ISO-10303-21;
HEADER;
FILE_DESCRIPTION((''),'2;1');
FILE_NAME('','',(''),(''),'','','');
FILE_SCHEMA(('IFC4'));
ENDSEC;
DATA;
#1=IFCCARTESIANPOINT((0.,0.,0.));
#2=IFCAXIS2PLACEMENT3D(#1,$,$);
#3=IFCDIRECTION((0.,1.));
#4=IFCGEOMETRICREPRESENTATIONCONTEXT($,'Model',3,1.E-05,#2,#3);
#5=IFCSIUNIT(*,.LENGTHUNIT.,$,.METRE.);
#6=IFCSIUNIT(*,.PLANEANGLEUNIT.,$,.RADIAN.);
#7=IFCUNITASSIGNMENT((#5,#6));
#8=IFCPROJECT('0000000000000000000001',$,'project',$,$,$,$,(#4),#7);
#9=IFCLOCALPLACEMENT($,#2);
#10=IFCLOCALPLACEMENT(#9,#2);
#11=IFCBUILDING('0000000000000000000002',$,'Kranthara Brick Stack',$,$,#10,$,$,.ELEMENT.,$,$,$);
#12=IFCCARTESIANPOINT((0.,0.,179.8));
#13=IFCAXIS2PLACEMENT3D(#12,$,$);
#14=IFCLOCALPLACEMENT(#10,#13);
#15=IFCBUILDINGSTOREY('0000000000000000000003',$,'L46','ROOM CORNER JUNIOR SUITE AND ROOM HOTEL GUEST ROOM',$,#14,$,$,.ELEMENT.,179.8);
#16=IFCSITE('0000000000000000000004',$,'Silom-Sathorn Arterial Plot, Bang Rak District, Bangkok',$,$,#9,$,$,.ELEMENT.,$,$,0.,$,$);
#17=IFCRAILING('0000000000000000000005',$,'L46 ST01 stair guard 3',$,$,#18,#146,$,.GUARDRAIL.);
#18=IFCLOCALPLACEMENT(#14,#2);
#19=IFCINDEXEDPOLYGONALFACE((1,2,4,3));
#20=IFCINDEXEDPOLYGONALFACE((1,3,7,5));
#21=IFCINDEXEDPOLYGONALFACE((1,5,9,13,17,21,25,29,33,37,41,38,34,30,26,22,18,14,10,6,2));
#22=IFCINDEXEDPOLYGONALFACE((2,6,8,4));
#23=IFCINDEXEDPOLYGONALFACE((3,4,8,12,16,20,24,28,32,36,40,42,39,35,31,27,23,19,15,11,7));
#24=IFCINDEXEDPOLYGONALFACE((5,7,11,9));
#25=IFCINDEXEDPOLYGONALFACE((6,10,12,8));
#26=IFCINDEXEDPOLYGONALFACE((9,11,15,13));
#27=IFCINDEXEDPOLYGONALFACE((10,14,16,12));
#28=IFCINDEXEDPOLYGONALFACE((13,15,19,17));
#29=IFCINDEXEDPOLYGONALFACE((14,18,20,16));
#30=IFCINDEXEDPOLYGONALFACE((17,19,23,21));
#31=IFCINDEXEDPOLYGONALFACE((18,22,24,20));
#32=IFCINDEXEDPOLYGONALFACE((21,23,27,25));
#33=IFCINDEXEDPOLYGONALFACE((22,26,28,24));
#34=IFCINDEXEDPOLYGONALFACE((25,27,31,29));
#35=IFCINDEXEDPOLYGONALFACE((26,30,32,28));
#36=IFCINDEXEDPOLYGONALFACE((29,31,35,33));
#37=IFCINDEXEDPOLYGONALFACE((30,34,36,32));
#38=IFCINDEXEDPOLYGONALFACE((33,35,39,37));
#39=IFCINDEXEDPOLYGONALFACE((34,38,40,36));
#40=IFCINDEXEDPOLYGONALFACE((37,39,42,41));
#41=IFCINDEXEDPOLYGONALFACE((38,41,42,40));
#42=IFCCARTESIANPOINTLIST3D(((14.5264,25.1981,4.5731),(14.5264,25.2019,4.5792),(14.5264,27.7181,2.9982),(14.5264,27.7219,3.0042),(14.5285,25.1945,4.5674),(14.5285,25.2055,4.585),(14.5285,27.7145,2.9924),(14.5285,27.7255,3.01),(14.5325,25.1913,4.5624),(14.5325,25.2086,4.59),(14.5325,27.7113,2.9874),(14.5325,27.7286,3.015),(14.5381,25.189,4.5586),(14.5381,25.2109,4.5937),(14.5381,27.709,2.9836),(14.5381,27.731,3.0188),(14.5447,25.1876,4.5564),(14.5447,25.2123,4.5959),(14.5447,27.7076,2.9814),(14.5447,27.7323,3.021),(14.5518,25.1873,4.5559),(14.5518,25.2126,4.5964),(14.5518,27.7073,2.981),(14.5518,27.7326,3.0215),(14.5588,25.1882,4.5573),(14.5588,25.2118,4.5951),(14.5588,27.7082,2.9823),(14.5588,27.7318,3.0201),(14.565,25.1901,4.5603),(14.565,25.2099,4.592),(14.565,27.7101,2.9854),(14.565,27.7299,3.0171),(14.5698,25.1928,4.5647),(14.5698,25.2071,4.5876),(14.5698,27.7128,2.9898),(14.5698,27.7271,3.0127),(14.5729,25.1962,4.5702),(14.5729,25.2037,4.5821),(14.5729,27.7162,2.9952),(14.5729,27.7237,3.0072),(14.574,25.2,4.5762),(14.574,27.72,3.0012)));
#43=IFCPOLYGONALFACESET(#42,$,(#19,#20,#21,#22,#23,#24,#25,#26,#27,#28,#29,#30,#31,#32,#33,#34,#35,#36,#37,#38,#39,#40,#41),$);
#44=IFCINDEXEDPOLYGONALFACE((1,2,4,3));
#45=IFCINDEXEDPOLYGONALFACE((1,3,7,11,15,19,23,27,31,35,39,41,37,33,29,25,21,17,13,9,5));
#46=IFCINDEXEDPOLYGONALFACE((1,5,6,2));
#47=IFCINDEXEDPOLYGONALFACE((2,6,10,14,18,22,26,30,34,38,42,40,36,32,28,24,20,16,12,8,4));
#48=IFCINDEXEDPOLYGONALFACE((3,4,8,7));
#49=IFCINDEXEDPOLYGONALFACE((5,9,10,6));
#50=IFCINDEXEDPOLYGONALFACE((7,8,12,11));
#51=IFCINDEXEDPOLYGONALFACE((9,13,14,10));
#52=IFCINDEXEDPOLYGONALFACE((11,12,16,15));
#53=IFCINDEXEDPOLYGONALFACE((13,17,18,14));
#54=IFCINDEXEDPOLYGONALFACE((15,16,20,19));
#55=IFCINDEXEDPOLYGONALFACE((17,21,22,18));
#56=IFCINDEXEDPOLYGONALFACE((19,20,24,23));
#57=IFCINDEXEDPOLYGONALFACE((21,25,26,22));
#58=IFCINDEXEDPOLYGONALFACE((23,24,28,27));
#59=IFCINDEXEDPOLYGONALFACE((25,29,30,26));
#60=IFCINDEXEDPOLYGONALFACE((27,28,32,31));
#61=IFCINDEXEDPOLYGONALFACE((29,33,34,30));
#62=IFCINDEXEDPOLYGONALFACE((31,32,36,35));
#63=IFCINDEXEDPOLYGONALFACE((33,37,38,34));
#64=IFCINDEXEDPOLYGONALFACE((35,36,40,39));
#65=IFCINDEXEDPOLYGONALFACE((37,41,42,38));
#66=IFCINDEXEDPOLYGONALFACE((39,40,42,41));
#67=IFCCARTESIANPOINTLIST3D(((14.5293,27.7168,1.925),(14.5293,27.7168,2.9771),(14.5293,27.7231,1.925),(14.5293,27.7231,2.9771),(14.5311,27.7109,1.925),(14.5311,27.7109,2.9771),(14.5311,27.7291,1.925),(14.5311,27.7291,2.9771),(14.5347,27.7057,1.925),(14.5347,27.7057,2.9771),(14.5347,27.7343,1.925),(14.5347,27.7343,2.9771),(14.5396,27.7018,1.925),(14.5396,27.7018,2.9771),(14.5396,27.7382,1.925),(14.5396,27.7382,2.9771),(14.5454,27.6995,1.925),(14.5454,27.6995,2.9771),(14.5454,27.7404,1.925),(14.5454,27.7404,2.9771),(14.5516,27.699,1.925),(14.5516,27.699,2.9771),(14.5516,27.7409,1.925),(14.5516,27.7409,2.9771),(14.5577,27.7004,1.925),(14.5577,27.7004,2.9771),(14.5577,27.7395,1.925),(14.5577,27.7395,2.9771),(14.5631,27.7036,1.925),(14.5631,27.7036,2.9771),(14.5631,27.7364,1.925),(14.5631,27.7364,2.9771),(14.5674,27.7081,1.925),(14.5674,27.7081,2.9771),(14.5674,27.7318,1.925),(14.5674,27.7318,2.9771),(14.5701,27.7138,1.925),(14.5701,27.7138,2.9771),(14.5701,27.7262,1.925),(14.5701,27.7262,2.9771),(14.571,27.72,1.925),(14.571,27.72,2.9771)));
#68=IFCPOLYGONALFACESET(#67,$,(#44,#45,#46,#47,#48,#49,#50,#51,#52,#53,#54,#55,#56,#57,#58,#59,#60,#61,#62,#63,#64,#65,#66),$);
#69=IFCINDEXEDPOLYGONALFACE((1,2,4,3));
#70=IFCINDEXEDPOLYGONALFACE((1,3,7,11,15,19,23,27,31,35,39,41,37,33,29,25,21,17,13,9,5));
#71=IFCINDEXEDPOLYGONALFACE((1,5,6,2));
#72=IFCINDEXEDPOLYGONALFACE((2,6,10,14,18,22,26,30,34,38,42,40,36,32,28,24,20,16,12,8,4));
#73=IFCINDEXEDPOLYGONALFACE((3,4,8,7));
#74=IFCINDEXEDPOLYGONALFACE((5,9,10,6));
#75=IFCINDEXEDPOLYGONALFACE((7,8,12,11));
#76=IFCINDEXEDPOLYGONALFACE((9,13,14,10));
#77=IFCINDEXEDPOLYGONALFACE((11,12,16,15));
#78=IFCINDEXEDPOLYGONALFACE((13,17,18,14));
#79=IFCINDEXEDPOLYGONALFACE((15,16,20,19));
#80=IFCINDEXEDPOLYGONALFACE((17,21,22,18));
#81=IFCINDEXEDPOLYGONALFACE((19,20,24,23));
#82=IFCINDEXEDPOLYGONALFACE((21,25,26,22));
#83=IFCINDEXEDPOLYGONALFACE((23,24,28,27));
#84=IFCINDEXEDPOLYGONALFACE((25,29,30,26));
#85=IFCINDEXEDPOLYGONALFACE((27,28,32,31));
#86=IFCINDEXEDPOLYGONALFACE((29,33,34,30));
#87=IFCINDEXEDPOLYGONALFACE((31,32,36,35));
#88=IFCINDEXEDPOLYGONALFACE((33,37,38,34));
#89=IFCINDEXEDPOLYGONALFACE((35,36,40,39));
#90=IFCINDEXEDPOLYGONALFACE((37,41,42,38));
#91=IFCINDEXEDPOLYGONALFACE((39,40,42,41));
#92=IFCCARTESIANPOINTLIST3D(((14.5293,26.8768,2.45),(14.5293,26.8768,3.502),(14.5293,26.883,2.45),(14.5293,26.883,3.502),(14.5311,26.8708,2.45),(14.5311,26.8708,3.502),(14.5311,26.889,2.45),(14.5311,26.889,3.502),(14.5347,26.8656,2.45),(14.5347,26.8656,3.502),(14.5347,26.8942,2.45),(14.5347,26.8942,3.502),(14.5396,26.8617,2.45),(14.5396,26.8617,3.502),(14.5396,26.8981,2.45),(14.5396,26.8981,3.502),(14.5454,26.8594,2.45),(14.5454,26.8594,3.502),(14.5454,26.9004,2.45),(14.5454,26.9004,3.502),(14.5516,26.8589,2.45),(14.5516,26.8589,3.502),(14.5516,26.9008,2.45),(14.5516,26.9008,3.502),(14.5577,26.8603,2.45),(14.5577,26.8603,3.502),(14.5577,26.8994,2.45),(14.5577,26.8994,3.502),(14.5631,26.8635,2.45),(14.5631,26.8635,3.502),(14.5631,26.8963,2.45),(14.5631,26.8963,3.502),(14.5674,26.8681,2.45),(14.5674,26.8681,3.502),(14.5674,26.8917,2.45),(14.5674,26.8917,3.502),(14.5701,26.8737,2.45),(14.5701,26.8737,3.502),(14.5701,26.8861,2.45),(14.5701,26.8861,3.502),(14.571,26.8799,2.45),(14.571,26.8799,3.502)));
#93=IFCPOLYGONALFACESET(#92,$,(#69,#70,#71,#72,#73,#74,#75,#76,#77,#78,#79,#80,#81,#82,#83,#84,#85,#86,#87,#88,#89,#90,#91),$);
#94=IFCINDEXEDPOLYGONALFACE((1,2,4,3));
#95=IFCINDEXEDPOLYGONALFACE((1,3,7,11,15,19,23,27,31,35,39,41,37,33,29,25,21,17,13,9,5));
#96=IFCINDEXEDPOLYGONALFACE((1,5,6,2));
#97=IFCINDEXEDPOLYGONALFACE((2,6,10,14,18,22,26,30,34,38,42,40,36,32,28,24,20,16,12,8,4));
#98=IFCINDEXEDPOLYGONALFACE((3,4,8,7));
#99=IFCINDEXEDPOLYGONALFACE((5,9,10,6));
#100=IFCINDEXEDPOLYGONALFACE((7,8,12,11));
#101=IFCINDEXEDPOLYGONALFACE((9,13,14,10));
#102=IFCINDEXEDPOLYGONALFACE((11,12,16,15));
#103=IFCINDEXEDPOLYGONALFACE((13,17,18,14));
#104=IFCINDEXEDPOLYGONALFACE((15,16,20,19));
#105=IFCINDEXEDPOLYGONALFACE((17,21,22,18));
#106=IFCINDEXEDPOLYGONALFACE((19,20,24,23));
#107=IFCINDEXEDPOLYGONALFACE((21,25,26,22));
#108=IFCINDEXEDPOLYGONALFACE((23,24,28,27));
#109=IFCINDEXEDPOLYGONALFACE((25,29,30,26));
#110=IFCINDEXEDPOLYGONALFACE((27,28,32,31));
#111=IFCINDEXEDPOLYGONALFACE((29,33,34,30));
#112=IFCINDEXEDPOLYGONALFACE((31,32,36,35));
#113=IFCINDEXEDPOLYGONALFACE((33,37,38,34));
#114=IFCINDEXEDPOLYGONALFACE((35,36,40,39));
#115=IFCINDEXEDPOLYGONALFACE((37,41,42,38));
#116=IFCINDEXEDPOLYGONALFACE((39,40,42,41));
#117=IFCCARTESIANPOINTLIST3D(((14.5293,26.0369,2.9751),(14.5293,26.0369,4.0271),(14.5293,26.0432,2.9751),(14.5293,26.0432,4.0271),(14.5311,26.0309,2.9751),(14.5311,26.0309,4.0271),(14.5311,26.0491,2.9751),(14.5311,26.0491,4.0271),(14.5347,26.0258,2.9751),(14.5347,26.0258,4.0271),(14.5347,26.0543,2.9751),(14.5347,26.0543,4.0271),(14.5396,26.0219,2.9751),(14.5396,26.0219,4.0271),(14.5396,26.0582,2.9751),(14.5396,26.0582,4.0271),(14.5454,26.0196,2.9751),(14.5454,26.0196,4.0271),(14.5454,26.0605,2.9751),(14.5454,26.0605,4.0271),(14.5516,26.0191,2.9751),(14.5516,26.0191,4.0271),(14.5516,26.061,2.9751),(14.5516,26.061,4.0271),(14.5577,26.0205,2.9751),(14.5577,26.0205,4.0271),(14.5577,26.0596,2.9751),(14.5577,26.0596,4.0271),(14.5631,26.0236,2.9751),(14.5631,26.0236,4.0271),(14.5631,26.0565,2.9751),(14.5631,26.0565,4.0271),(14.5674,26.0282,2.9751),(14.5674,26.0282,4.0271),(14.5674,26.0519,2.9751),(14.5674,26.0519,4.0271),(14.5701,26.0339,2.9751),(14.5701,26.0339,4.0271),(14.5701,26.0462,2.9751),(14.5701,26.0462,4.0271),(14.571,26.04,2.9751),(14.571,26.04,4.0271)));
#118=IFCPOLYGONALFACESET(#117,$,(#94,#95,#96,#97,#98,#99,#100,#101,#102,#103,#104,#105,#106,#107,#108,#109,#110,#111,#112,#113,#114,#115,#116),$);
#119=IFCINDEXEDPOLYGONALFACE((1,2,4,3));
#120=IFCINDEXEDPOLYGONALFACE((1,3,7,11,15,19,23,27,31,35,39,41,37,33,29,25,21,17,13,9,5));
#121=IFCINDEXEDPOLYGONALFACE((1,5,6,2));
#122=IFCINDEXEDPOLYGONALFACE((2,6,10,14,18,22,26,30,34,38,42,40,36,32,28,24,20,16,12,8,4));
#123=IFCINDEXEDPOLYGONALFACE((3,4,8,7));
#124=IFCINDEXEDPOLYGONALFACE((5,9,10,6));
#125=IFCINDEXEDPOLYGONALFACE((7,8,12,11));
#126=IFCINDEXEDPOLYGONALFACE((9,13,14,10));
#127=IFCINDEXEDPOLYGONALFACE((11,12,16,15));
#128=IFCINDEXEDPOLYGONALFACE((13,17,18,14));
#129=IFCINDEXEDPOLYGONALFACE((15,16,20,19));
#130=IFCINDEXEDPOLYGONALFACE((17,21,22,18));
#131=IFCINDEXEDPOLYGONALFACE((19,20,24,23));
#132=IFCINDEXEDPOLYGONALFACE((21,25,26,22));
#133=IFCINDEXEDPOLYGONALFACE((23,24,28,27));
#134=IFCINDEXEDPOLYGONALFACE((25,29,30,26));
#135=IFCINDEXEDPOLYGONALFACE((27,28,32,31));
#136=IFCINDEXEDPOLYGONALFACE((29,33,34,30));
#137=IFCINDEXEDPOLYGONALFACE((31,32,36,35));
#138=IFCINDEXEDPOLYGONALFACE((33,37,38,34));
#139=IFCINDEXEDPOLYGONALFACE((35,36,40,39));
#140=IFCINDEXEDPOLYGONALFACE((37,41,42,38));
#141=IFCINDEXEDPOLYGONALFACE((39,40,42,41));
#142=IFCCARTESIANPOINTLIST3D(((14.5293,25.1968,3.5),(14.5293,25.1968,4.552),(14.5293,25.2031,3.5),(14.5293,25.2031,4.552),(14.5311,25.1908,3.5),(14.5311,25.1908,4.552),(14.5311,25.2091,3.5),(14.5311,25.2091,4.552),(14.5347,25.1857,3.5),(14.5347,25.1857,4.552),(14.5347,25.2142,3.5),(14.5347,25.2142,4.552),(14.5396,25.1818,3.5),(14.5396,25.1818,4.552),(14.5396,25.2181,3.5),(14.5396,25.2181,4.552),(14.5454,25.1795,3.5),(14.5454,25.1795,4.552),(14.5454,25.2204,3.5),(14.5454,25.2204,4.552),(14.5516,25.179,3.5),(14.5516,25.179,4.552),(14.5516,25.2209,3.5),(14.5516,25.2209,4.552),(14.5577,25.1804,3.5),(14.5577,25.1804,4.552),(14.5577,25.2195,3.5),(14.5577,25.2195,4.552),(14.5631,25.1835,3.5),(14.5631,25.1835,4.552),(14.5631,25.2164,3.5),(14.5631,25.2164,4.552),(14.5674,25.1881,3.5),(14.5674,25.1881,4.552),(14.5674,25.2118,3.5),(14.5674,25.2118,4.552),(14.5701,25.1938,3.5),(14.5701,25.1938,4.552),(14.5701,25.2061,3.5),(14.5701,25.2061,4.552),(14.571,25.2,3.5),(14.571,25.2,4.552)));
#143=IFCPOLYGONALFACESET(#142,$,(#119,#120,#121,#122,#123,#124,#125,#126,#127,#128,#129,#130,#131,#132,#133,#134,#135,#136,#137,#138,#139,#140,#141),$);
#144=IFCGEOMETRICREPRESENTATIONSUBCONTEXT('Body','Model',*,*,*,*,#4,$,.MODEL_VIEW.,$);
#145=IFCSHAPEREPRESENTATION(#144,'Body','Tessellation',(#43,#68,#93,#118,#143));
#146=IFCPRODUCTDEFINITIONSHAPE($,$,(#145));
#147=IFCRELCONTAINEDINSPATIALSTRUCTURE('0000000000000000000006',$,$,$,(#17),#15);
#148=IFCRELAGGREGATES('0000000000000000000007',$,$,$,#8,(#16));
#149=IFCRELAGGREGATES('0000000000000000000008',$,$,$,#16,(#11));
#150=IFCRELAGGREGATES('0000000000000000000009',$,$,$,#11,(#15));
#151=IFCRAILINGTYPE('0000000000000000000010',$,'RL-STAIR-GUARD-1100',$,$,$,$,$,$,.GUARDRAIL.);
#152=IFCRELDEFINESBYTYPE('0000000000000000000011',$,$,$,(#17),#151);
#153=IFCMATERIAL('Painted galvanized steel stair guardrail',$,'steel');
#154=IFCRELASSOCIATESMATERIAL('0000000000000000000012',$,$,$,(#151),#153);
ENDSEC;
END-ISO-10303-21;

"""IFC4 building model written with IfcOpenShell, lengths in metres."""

from ifc_helpers import new_model, si_unit, direction, frame, origin, origin_2d, place, context, subcontext, project, spatial, circle, extrude, material, type_object, element, save


model = new_model("IFC4")

# Units and contexts
model_context = context("Model", 3, precision=1e-05, world=origin(), true_north=direction((0.0, 1.0)))
body_context = subcontext(model_context, "Body", "Model", "MODEL_VIEW")
ifc_project = project(units=[si_unit("LENGTHUNIT", "METRE"), si_unit("PLANEANGLEUNIT", "RADIAN")], contexts=[model_context])

# Site, building, storey
site_placement = place(None, origin())
site = spatial("IfcSite", under=ifc_project, at=site_placement, Name="Silom-Sathorn Arterial Plot, Bang Rak District, Bangkok", CompositionType="ELEMENT", RefElevation=0.0)
building_placement = place(site_placement, origin())
building = spatial("IfcBuilding", under=site, at=building_placement, Name="Kranthara Brick Stack", CompositionType="ELEMENT")
storey_placement = place(building_placement, frame((0.0, 0.0, 179.8)))
storey = spatial("IfcBuildingStorey", under=building, at=storey_placement, Name="L46", Description="ROOM CORNER JUNIOR SUITE AND ROOM HOTEL GUEST ROOM", CompositionType="ELEMENT", Elevation=179.8)

# Railing
ifc_material_1 = material(Name="Painted galvanized steel stair guardrail", Category="steel")
railing_type_1 = type_object("IfcRailingType", Name="RL-STAIR-GUARD-1100", PredefinedType="GUARDRAIL", material=ifc_material_1)
railing_1_placement = place(storey_placement, frame((14.55, 27.72, 1.925)))
element("IfcRailing", 1, at=railing_1_placement, inside=storey, type_object=railing_type_1, Name="L46 ST01 stair guard 3", PredefinedType="GUARDRAIL", context=body_context, shape_type="SweptSolid", body=[
    extrude(circle(Radius=0.0239, at=origin_2d()), frame((0.0, 0.0, 1.0762), z_axis=(0.0, -0.848008, 0.529984), x_axis=(1.0, 0.0, 0.0)), (0.0, 0.0, 1.0), 2.9717),
    extrude(circle(Radius=0.021, at=origin_2d()), origin(), (0.0, 0.0, 1.0), 1.052),
    extrude(circle(Radius=0.021, at=origin_2d()), frame((0.0, -0.8401, 0.5249)), (0.0, 0.0, 1.0), 1.052),
    extrude(circle(Radius=0.021, at=origin_2d()), frame((0.0, -1.6799, 1.05)), (0.0, 0.0, 1.0), 1.052),
    extrude(circle(Radius=0.021, at=origin_2d()), frame((0.0, -2.52, 1.575)), (0.0, 0.0, 1.0), 1.052),
])

save(model, "model.ifc")
